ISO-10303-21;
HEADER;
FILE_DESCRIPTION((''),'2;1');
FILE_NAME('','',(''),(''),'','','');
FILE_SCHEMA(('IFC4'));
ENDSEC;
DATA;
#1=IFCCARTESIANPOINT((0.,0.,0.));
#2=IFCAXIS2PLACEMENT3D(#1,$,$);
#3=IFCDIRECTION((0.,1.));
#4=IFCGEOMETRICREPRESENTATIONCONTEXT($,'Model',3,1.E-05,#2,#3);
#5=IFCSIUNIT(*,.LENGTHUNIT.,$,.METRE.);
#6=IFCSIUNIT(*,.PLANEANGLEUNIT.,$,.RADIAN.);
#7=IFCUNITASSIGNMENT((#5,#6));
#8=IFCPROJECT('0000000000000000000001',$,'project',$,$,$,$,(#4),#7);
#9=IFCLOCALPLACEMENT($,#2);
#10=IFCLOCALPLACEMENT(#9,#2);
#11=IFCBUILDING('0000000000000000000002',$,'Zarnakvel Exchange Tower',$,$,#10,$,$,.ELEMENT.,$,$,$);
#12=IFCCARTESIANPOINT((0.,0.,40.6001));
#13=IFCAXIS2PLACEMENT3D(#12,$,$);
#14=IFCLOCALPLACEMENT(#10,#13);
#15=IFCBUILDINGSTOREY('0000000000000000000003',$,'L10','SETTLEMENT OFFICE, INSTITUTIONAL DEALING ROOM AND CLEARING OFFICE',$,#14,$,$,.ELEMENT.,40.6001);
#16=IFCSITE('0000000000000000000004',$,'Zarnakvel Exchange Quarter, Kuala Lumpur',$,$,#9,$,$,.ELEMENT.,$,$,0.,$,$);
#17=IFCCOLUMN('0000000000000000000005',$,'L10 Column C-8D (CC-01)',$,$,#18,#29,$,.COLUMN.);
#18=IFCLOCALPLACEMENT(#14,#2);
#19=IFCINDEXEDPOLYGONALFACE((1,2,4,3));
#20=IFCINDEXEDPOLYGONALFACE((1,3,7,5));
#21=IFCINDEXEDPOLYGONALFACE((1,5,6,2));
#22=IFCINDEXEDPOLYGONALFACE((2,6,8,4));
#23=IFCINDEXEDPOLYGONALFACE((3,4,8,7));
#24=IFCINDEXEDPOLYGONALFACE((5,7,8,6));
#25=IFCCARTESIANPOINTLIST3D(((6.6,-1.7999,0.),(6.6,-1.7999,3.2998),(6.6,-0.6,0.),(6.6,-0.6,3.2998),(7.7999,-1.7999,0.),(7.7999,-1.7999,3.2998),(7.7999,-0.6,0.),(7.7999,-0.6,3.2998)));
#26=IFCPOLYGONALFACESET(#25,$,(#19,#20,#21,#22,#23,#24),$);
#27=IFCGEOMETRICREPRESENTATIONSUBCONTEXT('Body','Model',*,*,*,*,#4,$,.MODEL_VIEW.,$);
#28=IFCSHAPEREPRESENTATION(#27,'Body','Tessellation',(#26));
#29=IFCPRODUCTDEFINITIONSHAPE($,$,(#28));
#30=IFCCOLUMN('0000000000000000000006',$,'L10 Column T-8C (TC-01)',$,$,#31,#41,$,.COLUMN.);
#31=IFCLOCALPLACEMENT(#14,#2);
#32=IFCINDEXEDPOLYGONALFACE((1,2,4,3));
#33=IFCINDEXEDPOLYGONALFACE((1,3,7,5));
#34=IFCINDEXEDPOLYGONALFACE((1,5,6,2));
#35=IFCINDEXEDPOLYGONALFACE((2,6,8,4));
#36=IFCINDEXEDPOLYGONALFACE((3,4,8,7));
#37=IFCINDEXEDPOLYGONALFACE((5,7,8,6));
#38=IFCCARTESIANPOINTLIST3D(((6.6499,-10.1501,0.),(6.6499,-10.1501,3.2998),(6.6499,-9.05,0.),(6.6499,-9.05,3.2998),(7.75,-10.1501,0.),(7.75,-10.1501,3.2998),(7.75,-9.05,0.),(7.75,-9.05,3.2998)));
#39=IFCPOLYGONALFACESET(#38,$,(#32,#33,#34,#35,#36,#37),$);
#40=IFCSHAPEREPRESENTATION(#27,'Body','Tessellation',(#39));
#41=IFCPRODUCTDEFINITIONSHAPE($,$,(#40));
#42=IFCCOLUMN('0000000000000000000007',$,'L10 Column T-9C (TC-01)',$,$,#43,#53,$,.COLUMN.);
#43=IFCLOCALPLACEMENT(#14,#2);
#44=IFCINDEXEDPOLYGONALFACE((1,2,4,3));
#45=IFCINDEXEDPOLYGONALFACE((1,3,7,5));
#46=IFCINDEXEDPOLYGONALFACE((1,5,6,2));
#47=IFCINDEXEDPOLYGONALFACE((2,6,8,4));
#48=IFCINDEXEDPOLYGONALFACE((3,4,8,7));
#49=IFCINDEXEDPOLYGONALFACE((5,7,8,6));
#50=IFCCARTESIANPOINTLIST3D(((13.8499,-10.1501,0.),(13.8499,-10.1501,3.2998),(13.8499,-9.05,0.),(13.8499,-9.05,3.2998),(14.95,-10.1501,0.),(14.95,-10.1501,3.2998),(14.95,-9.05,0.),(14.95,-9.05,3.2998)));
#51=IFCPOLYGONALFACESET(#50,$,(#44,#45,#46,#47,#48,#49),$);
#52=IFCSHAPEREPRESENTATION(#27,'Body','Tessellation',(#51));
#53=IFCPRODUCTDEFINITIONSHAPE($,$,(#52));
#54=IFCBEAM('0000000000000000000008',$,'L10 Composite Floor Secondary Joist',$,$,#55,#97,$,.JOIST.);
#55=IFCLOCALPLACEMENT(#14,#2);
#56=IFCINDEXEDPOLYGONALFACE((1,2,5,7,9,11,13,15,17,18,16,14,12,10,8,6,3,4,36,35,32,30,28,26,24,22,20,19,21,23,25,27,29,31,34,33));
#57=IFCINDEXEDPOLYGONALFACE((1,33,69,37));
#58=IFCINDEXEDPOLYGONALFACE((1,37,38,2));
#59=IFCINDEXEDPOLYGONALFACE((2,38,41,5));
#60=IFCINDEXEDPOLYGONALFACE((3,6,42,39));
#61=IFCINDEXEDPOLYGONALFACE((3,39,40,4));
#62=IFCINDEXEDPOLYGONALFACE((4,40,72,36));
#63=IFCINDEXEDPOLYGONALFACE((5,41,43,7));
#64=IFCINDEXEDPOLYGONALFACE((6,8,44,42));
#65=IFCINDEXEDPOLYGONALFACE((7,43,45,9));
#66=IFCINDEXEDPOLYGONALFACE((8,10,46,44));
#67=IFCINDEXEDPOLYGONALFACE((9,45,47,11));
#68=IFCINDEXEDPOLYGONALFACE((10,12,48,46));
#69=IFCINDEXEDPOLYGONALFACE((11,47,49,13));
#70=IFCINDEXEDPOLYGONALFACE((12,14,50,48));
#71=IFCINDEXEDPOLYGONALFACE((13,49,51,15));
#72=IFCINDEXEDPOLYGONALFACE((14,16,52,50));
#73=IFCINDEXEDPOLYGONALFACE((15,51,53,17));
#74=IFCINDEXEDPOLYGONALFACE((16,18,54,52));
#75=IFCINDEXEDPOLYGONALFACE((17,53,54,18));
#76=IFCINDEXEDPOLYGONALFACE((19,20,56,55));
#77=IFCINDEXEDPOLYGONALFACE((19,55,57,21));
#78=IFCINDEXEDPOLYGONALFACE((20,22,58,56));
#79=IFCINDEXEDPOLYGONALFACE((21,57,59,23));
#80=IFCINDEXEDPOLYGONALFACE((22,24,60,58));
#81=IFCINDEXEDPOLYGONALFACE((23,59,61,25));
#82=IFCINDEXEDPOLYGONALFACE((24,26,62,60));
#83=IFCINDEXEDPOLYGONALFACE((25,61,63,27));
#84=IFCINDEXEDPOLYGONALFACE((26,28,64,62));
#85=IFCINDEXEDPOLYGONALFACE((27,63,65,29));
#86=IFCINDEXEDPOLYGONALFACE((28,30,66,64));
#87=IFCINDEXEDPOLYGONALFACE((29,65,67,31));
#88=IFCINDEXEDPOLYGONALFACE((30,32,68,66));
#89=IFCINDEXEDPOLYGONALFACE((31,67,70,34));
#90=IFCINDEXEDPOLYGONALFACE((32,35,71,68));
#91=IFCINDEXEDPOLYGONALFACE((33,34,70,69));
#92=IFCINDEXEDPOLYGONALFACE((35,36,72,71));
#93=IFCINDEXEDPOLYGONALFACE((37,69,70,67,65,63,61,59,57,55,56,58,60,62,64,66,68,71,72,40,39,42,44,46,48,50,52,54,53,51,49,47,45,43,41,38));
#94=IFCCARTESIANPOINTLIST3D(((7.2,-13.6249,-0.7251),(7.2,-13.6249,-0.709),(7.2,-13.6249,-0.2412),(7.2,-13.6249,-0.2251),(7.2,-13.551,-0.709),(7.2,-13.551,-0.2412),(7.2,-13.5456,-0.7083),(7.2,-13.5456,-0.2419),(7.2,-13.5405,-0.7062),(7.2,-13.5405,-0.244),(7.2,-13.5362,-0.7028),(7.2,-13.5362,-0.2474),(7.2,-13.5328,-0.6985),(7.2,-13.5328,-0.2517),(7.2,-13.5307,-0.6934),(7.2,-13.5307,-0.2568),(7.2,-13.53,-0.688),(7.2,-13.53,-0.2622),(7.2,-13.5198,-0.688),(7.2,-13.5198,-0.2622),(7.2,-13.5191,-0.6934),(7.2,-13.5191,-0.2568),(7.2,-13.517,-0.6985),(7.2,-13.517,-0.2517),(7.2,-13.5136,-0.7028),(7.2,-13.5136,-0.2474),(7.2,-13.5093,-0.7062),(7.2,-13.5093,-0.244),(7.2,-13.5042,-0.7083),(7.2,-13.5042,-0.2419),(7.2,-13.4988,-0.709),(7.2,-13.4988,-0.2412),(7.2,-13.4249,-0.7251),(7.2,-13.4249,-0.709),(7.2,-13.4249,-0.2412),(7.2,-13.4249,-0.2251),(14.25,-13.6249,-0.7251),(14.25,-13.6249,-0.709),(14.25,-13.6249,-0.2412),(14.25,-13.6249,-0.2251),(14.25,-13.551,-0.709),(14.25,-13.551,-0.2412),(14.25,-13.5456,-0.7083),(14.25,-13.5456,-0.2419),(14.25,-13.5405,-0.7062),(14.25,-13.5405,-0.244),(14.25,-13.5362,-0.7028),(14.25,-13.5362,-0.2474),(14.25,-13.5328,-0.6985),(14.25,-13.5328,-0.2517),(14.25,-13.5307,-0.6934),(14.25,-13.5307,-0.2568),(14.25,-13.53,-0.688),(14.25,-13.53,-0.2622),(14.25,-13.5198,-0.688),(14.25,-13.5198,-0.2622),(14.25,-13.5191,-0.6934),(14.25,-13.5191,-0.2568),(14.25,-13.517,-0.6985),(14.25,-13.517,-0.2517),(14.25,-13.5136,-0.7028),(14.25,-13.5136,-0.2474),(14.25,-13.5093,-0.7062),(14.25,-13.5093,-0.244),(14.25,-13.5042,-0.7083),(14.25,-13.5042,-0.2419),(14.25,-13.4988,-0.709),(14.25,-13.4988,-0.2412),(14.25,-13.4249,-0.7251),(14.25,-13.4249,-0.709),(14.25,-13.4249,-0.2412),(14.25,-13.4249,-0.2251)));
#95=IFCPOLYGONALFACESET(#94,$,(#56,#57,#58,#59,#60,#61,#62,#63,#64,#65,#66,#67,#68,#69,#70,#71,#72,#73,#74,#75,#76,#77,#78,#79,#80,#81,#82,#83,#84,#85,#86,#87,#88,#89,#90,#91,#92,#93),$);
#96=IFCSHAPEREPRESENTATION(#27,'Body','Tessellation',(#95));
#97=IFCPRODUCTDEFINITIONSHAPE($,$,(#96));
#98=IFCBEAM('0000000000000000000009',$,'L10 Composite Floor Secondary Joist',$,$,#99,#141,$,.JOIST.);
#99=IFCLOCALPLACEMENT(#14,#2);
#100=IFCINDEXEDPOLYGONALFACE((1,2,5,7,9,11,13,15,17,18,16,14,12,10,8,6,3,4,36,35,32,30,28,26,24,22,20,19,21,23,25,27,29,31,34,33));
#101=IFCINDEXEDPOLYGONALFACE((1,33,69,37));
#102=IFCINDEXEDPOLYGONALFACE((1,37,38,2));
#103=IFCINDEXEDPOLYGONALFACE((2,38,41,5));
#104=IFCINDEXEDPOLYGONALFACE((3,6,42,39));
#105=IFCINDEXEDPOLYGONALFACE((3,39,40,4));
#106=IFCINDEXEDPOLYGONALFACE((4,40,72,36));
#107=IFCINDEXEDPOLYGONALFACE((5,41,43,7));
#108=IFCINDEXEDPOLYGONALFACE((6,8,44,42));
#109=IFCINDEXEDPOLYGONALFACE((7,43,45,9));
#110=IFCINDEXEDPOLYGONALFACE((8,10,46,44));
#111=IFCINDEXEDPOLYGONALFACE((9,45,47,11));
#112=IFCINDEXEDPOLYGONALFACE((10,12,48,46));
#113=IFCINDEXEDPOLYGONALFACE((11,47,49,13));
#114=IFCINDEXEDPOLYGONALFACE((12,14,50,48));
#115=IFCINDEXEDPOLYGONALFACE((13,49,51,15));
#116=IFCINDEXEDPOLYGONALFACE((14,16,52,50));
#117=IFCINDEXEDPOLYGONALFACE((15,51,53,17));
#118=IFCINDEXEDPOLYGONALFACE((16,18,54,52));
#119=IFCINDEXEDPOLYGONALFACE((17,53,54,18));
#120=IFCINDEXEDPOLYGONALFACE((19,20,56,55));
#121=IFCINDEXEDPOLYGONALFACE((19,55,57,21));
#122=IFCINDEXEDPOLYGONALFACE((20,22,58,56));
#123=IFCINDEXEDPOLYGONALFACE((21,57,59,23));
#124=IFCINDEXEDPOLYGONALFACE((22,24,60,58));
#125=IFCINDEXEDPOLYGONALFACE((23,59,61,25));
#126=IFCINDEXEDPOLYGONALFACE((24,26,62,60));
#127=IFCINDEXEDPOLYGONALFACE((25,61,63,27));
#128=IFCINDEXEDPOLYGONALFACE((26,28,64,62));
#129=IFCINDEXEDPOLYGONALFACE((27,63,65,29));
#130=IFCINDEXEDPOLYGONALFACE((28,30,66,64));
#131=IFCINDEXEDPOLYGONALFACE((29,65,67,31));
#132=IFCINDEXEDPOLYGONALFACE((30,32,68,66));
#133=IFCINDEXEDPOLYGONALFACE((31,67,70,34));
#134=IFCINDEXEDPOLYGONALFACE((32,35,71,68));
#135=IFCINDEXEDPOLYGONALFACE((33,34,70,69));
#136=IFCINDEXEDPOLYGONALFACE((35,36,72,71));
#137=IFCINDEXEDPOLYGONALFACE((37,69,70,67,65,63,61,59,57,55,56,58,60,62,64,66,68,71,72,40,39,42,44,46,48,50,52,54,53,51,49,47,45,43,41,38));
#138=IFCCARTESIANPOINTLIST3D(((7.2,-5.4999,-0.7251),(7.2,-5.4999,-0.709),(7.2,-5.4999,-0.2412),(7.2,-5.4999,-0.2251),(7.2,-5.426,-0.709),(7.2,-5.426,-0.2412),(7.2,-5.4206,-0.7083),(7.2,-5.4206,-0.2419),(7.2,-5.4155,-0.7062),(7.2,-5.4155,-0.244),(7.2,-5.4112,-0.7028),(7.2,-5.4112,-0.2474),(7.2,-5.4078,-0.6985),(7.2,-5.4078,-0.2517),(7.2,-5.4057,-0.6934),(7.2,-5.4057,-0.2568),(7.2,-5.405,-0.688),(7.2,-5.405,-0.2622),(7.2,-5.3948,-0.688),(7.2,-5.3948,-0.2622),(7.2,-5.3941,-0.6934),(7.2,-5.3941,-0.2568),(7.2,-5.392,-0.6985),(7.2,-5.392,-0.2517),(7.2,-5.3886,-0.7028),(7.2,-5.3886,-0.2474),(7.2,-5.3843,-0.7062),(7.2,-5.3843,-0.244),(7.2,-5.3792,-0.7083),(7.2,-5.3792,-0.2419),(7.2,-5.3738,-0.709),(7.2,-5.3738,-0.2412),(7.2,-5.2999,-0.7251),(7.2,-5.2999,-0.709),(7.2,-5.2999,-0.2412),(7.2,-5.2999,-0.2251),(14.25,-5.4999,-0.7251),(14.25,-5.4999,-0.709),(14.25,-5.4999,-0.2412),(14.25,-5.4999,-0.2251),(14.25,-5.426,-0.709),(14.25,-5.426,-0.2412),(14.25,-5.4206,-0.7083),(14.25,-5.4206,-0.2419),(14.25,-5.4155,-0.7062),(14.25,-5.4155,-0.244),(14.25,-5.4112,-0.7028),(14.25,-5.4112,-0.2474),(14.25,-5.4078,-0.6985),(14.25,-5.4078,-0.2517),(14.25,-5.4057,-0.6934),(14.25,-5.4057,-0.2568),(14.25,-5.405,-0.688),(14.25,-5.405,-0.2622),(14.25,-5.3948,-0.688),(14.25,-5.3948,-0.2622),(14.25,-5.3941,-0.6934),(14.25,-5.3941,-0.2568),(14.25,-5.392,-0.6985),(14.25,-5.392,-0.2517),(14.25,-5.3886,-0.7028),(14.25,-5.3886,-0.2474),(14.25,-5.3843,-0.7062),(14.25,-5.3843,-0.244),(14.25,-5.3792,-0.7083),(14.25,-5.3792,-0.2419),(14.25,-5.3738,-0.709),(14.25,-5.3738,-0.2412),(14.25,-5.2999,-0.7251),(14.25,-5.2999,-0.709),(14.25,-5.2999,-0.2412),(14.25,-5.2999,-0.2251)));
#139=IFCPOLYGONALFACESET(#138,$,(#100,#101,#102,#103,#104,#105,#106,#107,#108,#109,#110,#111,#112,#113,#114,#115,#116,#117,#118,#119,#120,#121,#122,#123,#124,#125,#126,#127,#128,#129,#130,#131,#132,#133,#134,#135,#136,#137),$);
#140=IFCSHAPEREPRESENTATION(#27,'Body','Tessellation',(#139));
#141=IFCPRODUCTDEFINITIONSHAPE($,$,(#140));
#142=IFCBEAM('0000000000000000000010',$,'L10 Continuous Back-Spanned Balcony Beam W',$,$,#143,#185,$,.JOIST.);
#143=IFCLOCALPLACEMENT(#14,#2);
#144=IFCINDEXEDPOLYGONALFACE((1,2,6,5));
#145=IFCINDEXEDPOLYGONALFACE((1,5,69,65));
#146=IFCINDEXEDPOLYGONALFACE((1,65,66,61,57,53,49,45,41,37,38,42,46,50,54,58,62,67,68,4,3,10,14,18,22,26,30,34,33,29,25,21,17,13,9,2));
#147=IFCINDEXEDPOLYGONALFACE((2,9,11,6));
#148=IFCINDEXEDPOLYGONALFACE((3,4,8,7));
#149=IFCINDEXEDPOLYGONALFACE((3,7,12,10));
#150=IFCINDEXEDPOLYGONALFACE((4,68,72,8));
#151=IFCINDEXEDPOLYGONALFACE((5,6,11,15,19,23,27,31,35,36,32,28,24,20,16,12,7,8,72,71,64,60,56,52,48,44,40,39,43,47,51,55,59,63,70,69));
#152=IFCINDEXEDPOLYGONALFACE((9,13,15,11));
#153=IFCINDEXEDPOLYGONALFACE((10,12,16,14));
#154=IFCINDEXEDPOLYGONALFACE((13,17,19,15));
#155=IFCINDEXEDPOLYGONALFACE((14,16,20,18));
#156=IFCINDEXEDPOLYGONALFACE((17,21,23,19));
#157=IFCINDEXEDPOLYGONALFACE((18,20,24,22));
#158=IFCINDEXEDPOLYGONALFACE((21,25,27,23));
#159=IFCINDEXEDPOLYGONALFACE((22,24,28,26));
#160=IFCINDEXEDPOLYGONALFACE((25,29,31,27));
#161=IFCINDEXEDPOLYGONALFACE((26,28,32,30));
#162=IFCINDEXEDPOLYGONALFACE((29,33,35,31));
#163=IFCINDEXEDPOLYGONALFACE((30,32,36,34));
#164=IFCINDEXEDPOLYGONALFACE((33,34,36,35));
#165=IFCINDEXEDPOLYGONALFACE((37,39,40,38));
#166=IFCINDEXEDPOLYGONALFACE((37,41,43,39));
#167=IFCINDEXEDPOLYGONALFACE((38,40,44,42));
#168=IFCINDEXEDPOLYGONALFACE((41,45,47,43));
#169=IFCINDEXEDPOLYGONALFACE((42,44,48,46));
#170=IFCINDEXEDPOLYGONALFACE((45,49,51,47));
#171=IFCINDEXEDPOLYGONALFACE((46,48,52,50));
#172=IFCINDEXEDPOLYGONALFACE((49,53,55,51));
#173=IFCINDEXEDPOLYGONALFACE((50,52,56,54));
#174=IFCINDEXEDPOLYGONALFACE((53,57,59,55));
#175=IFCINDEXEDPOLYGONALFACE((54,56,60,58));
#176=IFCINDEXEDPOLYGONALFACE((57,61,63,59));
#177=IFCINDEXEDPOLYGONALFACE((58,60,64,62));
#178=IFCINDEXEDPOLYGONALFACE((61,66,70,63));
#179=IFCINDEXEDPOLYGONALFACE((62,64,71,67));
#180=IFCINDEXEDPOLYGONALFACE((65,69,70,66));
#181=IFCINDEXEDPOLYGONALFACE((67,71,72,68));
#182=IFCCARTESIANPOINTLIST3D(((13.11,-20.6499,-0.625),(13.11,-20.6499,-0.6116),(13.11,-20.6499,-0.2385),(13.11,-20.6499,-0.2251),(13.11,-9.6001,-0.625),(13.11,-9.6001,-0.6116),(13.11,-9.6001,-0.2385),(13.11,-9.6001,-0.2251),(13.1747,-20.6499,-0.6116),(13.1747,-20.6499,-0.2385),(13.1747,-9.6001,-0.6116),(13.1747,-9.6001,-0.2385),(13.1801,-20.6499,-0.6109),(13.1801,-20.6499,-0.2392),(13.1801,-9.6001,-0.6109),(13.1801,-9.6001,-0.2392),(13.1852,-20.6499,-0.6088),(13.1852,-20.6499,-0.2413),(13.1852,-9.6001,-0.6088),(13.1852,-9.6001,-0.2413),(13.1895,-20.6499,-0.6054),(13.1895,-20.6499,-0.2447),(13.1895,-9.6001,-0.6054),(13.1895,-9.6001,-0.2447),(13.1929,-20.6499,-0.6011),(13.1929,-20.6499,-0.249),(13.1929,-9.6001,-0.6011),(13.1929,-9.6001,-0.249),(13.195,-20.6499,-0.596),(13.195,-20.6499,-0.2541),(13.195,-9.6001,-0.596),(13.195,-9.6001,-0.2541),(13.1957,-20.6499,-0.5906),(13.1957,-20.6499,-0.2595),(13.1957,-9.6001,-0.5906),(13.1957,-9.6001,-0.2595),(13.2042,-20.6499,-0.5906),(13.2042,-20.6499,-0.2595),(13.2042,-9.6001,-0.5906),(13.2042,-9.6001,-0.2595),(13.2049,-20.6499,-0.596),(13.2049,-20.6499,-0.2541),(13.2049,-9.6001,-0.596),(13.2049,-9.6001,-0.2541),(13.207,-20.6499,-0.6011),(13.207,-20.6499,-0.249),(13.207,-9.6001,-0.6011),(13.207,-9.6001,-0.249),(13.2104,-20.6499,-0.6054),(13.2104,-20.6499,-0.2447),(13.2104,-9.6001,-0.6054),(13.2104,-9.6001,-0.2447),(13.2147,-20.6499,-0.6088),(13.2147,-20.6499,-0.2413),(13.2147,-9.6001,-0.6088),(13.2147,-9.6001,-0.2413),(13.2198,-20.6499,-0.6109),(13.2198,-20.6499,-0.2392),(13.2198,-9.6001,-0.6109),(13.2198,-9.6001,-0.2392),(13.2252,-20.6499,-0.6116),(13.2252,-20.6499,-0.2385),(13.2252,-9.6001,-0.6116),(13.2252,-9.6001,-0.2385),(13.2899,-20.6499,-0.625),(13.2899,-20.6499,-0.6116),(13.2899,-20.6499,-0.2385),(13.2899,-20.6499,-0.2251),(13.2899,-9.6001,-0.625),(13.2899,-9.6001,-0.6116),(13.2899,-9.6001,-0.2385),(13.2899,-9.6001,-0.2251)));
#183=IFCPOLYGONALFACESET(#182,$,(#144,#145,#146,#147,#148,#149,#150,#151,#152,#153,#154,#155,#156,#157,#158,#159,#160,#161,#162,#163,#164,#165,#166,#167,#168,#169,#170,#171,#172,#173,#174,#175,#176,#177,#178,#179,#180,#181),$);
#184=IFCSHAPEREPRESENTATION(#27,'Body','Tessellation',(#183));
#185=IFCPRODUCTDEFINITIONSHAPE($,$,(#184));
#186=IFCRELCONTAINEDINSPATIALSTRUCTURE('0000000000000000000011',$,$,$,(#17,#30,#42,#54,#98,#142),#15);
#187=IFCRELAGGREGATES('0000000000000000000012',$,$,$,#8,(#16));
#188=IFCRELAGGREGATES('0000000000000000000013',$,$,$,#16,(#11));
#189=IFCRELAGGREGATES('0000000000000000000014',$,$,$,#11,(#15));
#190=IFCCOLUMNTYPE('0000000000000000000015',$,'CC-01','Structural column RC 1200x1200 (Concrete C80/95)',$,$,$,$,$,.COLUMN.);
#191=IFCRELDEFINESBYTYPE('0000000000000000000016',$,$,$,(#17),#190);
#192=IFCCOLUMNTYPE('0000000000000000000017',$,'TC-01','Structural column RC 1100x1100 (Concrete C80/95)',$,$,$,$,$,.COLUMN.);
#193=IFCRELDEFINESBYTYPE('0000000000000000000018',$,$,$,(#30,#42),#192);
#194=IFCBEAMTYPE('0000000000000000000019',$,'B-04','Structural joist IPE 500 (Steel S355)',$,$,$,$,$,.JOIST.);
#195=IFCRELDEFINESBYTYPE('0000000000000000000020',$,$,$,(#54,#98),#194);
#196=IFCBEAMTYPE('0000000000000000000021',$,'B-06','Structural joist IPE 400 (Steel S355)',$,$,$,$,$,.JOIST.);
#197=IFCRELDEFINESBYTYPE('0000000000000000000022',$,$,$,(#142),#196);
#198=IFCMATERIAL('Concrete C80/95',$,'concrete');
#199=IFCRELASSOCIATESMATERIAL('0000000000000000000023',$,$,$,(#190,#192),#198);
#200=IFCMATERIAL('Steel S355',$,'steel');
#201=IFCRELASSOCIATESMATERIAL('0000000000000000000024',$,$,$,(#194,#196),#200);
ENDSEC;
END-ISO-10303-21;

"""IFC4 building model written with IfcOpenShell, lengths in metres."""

from ifc_helpers import new_model, si_unit, direction, frame, origin, origin_2d, place, context, subcontext, project, spatial, rectangle, i_section, extrude, material, material_profile, profile_set, type_object, element, save


model = new_model("IFC4")

# Units and contexts
model_context = context("Model", 3, precision=1e-05, world=origin(), true_north=direction((0.0, 1.0)))
body_context = subcontext(model_context, "Body", "Model", "MODEL_VIEW")
ifc_project = project(units=[si_unit("LENGTHUNIT", "METRE"), si_unit("PLANEANGLEUNIT", "RADIAN")], contexts=[model_context])

# Site, building, storey
site_placement = place(None, origin())
site = spatial("IfcSite", under=ifc_project, at=site_placement, Name="Zarnakvel Exchange Quarter, Kuala Lumpur", CompositionType="ELEMENT", RefElevation=0.0)
building_placement = place(site_placement, origin())
building = spatial("IfcBuilding", under=site, at=building_placement, Name="Zarnakvel Exchange Tower", CompositionType="ELEMENT")
storey_placement = place(building_placement, frame((0.0, 0.0, 40.6001)))
storey = spatial("IfcBuildingStorey", under=building, at=storey_placement, Name="L10", Description="SETTLEMENT OFFICE, INSTITUTIONAL DEALING ROOM AND CLEARING OFFICE", CompositionType="ELEMENT", Elevation=40.6001)

# Columns
ifc_material_1 = material(Name="Concrete C80/95", Category="concrete")
ifc_material_profile_1 = material_profile(ifc_material_1, rectangle(XDim=1.2, YDim=1.2, at=origin_2d()))
ifc_profile_set_1 = profile_set([ifc_material_profile_1], Name="Concrete C80/95")
column_type_1 = type_object("IfcColumnType", Name="CC-01", Description="Structural column RC 1200x1200 (Concrete C80/95)", PredefinedType="COLUMN", material=ifc_profile_set_1)
column_placement = place(storey_placement, frame((7.2, -1.2, 0.0), z_axis=(0.0, 0.0, 1.0), x_axis=(1.0, 0.0, 0.0)))
element("IfcColumn", 1, at=column_placement, inside=storey, type_object=column_type_1, Name="L10 Column C-8D (CC-01)", PredefinedType="COLUMN", context=body_context, shape_type="SweptSolid", body=[
    extrude(rectangle(XDim=1.2, YDim=1.2, at=origin_2d()), origin(), (0.0, 0.0, 1.0), 3.2998),
])
ifc_material_profile_2 = material_profile(ifc_material_1, rectangle(XDim=1.1001, YDim=1.1001, at=origin_2d()))
ifc_profile_set_2 = profile_set([ifc_material_profile_2], Name="Concrete C80/95")
column_type_2 = type_object("IfcColumnType", Name="TC-01", Description="Structural column RC 1100x1100 (Concrete C80/95)", PredefinedType="COLUMN", material=ifc_profile_set_2)
for number, where, z_axis, x_axis, name in (
    (2, (7.2, -9.6001, 0.0), (0.0, 0.0, 1.0), (1.0, 0.0, 0.0), "L10 Column T-8C (TC-01)"),
    (3, (14.3999, -9.6001, 0.0), (0.0, 0.0, 1.0), (1.0, 0.0, 0.0), "L10 Column T-9C (TC-01)"),
):
    element("IfcColumn", number, at=place(storey_placement, frame(where, z_axis=z_axis, x_axis=x_axis)), inside=storey, type_object=column_type_2, Name=name, PredefinedType="COLUMN", context=body_context, shape_type="SweptSolid", body=[
        extrude(rectangle(XDim=1.1001, YDim=1.1001, at=origin_2d()), origin(), (0.0, 0.0, 1.0), 3.2998),
    ])

# Beams
ifc_material_2 = material(Name="Steel S355", Category="steel")
ifc_material_profile_3 = material_profile(ifc_material_2, i_section(OverallWidth=0.2, OverallDepth=0.5, WebThickness=0.0103, FlangeThickness=0.0161, FilletRadius=0.021, at=origin_2d()))
ifc_profile_set_3 = profile_set([ifc_material_profile_3], Name="Steel S355")
beam_type_1 = type_object("IfcBeamType", Name="B-04", Description="Structural joist IPE 500 (Steel S355)", PredefinedType="JOIST", material=ifc_profile_set_3)
for number, where, z_axis, x_axis, name in (
    (4, (7.2, -13.5249, -0.4751), (1.0, 0.0, 0.0), (0.0, 1.0, 0.0), "L10 Composite Floor Secondary Joist"),
    (5, (7.2, -5.3999, -0.4751), (1.0, 0.0, 0.0), (0.0, 1.0, 0.0), "L10 Composite Floor Secondary Joist"),
):
    element("IfcBeam", number, at=place(storey_placement, frame(where, z_axis=z_axis, x_axis=x_axis)), inside=storey, type_object=beam_type_1, Name=name, PredefinedType="JOIST", context=body_context, shape_type="SweptSolid", body=[
        extrude(i_section(OverallWidth=0.2, OverallDepth=0.5, WebThickness=0.0103, FlangeThickness=0.0161, FilletRadius=0.021, at=origin_2d()), origin(), (0.0, 0.0, 1.0), 7.05),
    ])
ifc_material_profile_4 = material_profile(ifc_material_2, i_section(OverallWidth=0.1799, OverallDepth=0.3999, WebThickness=0.0085, FlangeThickness=0.0134, FilletRadius=0.021, at=origin_2d()))
ifc_profile_set_4 = profile_set([ifc_material_profile_4], Name="Steel S355")
beam_type_2 = type_object("IfcBeamType", Name="B-06", Description="Structural joist IPE 400 (Steel S355)", PredefinedType="JOIST", material=ifc_profile_set_4)
beam_1_placement = place(storey_placement, frame((13.2, -9.6001, -0.425), z_axis=(0.0, -1.0, 0.0), x_axis=(1.0, 0.0, 0.0)))
element("IfcBeam", 6, at=beam_1_placement, inside=storey, type_object=beam_type_2, Name="L10 Continuous Back-Spanned Balcony Beam W", PredefinedType="JOIST", context=body_context, shape_type="SweptSolid", body=[
    extrude(i_section(OverallWidth=0.1799, OverallDepth=0.3999, WebThickness=0.0085, FlangeThickness=0.0134, FilletRadius=0.021, at=origin_2d()), origin(), (0.0, 0.0, 1.0), 11.0498),
])

save(model, "model.ifc")
